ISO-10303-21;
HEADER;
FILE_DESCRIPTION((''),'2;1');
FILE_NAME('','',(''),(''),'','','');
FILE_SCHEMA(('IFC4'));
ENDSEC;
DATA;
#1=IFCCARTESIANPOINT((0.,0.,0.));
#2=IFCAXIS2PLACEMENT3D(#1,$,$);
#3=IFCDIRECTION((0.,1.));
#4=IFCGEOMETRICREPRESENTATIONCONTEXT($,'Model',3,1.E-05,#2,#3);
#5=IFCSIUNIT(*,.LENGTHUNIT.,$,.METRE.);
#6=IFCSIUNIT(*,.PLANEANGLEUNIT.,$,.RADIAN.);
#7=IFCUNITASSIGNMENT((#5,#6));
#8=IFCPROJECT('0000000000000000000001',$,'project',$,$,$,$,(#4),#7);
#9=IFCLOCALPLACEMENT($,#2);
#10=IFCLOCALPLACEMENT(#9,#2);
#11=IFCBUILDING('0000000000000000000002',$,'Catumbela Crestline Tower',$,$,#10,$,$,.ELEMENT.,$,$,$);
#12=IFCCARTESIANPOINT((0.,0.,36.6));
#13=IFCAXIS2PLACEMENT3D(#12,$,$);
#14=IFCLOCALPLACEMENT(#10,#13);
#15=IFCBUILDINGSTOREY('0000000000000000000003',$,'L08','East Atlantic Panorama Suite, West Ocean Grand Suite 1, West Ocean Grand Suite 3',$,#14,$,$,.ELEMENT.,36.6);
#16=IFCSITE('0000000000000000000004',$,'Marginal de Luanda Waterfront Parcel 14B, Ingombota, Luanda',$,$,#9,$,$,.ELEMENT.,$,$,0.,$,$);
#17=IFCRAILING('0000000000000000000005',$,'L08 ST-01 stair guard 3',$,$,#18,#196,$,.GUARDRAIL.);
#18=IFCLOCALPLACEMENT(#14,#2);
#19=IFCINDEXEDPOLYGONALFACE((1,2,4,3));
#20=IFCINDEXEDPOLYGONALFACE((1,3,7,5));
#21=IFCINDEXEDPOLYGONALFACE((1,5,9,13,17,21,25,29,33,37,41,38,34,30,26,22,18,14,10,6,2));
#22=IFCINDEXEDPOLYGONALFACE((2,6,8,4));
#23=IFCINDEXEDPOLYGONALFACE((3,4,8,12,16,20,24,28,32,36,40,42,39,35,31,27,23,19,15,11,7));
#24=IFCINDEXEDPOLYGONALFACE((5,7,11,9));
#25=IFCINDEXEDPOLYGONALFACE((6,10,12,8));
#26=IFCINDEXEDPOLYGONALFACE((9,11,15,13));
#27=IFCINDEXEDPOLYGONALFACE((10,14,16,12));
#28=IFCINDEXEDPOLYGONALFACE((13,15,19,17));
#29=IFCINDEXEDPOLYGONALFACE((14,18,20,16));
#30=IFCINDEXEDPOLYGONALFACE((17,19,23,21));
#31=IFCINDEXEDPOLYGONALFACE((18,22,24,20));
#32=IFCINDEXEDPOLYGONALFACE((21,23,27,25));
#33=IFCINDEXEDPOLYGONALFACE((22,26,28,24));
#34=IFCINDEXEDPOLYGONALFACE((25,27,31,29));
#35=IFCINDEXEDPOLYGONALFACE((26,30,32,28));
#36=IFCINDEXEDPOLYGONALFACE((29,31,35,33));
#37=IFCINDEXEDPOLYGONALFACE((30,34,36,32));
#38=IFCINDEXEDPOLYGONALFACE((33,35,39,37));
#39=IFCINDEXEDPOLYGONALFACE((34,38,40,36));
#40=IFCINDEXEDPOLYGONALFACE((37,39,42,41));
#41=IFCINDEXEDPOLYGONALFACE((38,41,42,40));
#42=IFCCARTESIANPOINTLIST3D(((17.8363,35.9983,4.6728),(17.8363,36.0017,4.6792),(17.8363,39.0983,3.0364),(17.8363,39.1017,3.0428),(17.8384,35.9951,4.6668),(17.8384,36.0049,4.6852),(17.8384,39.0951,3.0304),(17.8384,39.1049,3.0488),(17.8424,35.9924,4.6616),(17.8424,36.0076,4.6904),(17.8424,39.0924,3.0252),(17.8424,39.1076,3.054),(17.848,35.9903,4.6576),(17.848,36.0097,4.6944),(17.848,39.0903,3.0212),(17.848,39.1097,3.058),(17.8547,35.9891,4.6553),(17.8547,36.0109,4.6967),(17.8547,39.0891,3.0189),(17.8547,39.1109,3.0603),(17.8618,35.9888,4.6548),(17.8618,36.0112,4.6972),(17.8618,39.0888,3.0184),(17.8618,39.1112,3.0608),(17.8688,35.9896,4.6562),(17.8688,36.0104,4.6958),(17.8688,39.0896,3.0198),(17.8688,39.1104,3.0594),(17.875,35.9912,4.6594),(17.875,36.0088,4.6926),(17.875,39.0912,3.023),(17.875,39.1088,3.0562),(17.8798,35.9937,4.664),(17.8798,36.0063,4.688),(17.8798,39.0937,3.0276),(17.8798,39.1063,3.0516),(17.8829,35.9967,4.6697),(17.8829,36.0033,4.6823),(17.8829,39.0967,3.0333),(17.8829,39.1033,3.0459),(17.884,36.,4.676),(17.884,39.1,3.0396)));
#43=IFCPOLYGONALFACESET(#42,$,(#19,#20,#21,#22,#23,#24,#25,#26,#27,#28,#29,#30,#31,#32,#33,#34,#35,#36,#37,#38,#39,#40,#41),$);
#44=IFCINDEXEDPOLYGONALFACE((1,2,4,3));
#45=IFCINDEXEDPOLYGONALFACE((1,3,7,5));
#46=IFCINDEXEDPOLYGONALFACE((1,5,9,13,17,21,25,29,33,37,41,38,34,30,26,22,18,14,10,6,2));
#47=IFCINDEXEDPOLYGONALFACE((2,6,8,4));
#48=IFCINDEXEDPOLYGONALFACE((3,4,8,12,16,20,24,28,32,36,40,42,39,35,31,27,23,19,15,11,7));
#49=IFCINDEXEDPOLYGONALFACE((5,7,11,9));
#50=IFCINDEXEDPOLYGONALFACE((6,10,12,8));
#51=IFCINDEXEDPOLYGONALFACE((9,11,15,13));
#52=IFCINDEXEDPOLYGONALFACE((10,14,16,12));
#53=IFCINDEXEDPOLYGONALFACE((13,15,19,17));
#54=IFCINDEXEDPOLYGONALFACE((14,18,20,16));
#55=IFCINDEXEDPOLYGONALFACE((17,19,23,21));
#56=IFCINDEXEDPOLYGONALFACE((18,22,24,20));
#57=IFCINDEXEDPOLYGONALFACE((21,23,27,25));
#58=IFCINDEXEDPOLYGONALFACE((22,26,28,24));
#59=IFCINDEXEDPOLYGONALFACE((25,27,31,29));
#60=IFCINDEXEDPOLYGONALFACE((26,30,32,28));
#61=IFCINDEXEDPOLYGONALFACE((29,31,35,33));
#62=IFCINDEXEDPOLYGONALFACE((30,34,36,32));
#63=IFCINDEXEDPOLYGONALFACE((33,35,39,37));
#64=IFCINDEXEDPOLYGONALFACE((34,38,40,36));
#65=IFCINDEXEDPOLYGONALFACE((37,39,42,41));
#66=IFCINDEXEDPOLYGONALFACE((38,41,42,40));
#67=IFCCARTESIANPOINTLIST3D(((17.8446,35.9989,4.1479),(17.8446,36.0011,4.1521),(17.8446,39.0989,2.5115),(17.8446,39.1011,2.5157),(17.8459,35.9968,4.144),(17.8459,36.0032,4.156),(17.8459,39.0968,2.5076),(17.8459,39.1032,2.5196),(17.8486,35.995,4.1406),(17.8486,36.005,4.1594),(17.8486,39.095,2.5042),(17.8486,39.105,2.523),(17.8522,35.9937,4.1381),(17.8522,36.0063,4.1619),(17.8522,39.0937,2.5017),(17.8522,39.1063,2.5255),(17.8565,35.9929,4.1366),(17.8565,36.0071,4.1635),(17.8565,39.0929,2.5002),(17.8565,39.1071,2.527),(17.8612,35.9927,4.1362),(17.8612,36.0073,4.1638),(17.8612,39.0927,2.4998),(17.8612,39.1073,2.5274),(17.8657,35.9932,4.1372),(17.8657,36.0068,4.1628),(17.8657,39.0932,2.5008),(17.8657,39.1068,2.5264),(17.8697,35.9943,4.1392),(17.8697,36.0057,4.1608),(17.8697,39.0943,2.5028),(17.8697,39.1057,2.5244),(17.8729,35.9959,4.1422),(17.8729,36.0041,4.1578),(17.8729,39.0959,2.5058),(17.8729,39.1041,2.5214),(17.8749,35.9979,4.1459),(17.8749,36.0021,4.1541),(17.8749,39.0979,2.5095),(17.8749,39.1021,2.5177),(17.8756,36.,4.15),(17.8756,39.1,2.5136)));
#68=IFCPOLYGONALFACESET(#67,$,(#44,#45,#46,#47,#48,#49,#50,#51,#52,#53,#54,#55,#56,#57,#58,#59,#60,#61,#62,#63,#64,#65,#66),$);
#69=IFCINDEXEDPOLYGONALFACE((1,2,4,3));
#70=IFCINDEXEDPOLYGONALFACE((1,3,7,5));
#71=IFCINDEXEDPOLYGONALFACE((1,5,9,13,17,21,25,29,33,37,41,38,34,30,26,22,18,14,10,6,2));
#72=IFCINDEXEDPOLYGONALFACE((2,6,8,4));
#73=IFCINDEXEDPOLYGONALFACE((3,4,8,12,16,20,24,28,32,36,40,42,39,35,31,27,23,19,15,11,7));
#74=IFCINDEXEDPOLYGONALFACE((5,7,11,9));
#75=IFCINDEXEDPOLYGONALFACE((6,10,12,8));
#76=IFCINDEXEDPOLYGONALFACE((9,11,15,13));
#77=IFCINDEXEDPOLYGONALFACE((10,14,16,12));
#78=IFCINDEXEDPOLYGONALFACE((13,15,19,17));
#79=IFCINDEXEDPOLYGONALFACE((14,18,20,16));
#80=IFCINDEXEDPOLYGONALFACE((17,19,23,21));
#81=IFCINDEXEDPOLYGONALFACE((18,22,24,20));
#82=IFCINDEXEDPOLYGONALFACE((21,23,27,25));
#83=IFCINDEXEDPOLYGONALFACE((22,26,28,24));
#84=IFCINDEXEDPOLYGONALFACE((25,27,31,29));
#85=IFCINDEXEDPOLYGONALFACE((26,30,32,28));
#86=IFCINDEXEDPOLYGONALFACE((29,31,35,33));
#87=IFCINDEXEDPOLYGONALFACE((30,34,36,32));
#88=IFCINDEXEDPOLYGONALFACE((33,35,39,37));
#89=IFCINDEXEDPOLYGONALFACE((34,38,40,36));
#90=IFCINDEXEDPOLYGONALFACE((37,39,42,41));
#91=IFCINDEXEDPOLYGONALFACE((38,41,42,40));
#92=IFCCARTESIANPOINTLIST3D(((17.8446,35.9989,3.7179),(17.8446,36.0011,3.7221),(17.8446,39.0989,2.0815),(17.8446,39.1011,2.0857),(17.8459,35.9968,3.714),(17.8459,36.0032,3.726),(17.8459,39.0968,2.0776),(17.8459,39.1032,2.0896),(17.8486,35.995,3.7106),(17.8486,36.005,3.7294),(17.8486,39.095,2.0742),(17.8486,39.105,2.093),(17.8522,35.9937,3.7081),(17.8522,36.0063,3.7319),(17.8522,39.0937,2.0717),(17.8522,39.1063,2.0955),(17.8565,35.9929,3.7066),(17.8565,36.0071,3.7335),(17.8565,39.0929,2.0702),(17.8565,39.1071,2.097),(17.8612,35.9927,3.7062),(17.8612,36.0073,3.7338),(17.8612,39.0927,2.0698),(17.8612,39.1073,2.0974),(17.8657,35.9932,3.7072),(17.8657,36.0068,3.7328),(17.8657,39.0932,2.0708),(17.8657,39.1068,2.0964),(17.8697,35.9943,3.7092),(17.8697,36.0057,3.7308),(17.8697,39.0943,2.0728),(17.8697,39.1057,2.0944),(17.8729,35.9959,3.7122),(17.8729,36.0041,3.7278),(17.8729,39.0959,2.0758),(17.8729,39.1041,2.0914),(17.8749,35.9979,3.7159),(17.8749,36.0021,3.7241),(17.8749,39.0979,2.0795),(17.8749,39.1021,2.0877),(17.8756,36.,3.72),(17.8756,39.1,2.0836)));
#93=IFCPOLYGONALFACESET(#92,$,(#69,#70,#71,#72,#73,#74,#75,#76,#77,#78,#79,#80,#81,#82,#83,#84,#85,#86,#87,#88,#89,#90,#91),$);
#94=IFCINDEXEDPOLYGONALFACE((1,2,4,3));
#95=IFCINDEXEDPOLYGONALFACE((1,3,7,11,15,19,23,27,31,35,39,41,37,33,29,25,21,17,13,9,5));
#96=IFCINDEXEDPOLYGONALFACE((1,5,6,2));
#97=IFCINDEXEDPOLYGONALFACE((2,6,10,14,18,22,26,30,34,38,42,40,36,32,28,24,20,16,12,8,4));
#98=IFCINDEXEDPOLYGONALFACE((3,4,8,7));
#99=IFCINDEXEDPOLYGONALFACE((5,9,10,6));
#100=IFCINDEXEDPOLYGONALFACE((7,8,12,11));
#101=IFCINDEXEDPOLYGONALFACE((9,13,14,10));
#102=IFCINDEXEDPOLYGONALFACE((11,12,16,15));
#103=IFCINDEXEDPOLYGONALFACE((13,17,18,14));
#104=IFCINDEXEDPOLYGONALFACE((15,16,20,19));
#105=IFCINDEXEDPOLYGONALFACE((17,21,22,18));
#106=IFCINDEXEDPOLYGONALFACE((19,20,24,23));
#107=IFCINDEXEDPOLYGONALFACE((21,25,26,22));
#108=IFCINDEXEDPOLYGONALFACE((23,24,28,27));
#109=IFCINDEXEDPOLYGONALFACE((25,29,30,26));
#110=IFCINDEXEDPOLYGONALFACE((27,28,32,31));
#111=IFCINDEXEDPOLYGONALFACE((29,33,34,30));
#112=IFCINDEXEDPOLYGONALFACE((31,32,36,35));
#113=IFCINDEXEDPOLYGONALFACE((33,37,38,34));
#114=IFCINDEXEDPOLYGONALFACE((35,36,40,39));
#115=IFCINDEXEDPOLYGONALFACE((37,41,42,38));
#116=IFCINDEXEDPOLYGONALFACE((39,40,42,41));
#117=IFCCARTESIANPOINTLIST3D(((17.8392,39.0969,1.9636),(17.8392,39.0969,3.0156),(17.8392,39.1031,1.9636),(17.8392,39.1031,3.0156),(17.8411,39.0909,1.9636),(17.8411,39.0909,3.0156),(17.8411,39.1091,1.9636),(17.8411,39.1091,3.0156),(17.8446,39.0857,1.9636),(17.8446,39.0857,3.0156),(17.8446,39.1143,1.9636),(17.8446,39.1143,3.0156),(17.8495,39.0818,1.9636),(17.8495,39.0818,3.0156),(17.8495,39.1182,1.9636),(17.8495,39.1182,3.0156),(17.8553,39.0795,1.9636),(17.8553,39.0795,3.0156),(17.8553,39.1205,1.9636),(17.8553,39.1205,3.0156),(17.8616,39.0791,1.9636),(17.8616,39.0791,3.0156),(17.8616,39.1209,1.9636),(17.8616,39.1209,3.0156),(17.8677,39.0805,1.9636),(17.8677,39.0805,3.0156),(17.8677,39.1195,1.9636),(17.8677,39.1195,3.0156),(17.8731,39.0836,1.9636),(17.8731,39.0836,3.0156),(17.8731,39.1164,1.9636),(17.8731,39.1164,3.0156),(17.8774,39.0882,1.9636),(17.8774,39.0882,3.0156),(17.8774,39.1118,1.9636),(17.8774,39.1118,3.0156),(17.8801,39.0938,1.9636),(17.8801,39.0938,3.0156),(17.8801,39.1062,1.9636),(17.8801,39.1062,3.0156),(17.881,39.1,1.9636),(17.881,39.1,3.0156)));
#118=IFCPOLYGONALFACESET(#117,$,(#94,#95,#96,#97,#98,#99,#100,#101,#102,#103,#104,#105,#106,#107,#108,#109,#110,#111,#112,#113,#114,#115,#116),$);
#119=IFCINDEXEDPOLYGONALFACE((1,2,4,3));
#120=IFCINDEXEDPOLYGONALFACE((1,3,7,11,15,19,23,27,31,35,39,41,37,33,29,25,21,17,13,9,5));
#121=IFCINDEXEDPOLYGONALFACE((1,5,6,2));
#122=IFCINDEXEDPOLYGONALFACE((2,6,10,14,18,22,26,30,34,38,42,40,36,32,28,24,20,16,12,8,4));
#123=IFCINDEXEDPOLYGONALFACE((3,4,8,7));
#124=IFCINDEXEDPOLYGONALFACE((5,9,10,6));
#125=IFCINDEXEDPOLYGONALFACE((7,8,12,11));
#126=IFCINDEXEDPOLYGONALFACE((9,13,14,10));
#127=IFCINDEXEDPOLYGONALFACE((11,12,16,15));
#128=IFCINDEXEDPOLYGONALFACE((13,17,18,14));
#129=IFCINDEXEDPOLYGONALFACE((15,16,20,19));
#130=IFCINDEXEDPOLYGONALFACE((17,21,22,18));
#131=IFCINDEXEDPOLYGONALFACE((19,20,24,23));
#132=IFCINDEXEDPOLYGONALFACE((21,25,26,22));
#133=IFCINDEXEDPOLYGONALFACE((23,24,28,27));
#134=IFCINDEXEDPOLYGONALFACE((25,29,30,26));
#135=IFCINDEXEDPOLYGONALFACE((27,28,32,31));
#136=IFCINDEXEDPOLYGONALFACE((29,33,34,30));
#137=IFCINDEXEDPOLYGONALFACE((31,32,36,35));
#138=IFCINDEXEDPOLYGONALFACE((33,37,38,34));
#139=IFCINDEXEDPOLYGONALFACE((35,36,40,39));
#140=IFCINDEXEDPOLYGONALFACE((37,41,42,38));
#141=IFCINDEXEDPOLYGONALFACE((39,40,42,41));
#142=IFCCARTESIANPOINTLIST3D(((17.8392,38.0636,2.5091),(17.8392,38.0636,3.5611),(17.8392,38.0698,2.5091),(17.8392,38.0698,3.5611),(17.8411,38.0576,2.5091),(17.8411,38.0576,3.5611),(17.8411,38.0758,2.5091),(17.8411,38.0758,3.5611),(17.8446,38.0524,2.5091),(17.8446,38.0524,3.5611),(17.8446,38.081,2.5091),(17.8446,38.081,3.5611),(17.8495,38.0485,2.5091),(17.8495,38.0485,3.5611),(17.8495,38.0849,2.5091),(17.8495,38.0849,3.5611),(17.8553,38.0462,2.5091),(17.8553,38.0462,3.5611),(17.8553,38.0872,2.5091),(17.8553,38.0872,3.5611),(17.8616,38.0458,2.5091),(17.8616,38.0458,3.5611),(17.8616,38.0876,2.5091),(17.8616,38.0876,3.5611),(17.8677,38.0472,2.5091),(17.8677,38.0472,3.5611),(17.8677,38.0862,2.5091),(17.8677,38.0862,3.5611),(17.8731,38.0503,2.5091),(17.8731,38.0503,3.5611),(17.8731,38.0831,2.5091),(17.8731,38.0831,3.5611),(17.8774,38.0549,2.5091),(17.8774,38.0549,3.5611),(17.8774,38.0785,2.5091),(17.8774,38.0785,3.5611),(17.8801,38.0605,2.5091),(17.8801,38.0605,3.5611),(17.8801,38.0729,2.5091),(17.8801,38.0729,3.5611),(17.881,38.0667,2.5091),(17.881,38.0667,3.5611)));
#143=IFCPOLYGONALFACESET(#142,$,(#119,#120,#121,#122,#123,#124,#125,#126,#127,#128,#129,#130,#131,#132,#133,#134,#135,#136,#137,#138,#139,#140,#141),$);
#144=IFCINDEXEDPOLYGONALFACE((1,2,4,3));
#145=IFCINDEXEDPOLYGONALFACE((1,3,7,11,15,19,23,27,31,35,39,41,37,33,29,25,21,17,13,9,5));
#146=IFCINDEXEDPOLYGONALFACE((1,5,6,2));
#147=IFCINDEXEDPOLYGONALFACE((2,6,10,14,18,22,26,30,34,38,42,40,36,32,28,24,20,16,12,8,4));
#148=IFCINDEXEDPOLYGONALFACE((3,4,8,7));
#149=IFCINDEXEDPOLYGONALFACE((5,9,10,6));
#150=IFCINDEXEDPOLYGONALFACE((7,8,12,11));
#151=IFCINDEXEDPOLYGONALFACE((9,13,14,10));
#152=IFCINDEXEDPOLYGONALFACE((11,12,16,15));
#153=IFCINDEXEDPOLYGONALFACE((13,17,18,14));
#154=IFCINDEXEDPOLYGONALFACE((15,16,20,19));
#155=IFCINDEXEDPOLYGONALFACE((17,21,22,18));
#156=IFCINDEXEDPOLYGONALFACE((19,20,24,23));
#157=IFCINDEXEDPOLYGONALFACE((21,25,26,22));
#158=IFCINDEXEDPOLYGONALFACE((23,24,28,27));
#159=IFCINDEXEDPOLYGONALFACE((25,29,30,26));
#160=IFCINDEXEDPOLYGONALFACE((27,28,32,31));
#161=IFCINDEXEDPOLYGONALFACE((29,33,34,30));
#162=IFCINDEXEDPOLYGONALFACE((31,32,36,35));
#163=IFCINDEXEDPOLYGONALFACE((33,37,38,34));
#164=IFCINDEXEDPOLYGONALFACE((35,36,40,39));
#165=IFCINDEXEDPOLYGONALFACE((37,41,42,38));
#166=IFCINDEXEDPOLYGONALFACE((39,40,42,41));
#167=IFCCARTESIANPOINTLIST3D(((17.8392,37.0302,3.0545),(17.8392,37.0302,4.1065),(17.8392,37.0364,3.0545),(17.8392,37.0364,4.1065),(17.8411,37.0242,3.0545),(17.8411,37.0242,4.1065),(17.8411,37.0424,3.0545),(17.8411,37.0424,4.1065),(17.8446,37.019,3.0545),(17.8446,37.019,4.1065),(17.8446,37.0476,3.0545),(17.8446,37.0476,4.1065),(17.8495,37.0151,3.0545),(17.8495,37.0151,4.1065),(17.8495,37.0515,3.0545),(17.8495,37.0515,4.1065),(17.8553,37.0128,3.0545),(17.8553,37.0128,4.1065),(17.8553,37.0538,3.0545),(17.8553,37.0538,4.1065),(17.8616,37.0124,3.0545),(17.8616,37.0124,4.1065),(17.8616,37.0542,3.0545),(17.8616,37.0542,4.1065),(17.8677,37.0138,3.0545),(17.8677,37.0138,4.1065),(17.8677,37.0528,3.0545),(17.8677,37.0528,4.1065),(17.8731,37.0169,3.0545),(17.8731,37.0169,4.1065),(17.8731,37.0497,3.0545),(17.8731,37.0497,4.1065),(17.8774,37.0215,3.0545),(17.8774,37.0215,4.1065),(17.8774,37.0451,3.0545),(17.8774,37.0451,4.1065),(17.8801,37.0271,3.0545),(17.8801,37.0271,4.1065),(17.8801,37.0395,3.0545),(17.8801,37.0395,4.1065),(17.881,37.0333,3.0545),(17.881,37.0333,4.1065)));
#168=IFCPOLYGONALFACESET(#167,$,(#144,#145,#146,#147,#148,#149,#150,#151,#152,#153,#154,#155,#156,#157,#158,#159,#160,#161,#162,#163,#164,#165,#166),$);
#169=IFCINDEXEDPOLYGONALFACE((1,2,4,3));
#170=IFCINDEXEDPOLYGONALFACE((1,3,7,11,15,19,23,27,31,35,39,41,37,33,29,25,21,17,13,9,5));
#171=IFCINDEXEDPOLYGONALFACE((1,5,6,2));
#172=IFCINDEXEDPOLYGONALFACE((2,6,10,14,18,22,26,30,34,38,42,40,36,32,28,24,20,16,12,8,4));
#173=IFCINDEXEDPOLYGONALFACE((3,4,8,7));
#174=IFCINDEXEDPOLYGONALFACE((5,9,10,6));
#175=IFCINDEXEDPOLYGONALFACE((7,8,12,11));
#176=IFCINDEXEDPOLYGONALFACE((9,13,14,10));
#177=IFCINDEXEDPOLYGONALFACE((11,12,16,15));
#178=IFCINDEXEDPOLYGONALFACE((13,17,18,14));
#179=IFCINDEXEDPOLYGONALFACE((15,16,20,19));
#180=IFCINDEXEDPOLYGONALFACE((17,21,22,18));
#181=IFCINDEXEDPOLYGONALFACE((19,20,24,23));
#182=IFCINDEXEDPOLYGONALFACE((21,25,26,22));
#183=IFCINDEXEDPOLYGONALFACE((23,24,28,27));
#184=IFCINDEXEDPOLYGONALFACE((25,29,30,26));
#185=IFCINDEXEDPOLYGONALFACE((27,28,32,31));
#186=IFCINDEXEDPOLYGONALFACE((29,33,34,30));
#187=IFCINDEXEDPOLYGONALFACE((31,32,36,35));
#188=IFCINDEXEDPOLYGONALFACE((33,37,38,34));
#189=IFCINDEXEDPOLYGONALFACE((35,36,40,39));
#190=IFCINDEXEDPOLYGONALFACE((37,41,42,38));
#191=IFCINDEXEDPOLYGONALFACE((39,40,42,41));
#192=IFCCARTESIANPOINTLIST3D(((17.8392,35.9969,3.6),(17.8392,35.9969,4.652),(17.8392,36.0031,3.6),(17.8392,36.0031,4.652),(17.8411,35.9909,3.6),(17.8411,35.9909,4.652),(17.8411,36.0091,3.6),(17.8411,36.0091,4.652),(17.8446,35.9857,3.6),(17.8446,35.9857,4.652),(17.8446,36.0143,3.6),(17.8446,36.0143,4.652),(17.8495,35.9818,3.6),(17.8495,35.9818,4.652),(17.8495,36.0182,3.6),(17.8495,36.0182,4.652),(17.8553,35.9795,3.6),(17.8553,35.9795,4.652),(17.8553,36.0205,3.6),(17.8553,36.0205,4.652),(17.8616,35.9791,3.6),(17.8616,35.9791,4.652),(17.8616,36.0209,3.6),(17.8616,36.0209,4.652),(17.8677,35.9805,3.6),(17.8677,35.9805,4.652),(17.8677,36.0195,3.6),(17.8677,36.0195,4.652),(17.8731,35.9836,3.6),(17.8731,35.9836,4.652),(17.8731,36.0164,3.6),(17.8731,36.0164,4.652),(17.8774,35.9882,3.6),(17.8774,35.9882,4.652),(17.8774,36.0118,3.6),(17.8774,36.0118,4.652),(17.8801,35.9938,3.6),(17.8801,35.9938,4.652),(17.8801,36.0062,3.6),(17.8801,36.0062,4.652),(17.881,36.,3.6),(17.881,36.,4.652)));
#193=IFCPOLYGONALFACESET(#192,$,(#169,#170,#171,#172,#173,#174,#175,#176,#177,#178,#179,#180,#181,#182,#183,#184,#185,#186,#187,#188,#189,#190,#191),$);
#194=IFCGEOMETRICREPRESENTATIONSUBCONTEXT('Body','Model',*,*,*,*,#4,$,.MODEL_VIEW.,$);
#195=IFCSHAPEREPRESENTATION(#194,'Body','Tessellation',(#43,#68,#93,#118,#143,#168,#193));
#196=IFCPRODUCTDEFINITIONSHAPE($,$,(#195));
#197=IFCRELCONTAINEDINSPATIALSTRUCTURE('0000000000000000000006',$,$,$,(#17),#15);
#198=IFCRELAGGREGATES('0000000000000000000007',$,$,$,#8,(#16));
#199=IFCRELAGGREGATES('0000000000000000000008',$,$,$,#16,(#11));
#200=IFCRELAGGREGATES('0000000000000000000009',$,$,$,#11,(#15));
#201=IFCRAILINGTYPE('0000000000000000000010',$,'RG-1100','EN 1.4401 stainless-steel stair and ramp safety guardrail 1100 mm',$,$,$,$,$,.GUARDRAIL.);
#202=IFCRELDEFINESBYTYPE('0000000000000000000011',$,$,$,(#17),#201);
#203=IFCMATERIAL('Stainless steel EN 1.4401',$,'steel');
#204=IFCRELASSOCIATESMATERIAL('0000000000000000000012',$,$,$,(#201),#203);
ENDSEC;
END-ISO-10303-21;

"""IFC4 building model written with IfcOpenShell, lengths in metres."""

from ifc_helpers import new_model, si_unit, direction, frame, origin, origin_2d, place, context, subcontext, project, spatial, circle, extrude, material, type_object, element, save


model = new_model("IFC4")

# Units and contexts
model_context = context("Model", 3, precision=1e-05, world=origin(), true_north=direction((0.0, 1.0)))
body_context = subcontext(model_context, "Body", "Model", "MODEL_VIEW")
ifc_project = project(units=[si_unit("LENGTHUNIT", "METRE"), si_unit("PLANEANGLEUNIT", "RADIAN")], contexts=[model_context])

# Site, building, storey
site_placement = place(None, origin())
site = spatial("IfcSite", under=ifc_project, at=site_placement, Name="Marginal de Luanda Waterfront Parcel 14B, Ingombota, Luanda", CompositionType="ELEMENT", RefElevation=0.0)
building_placement = place(site_placement, origin())
building = spatial("IfcBuilding", under=site, at=building_placement, Name="Catumbela Crestline Tower", CompositionType="ELEMENT")
storey_placement = place(building_placement, frame((0.0, 0.0, 36.6)))
storey = spatial("IfcBuildingStorey", under=building, at=storey_placement, Name="L08", Description="East Atlantic Panorama Suite, West Ocean Grand Suite 1, West Ocean Grand Suite 3", CompositionType="ELEMENT", Elevation=36.6)

# Shared definitions
ifc_material_1 = material(Name="Stainless steel EN 1.4401", Category="steel")

# Railing
railing_type_1 = type_object("IfcRailingType", Name="RG-1100", Description="EN 1.4401 stainless-steel stair and ramp safety guardrail 1100 mm", PredefinedType="GUARDRAIL", material=ifc_material_1)
railing_1_placement = place(storey_placement, frame((17.86, 39.1, 1.9636)))
element("IfcRailing", 1, at=railing_1_placement, inside=storey, type_object=railing_type_1, Name="L08 ST-01 stair guard 3", PredefinedType="GUARDRAIL", context=body_context, shape_type="SweptSolid", body=[
    extrude(circle(Radius=0.024, at=origin_2d()), frame((0.0, 0.0, 1.076), z_axis=(0.0, -0.884351, 0.466823), x_axis=(1.0, 0.0, 0.0)), (0.0, 0.0, 1.0), 3.5054),
    extrude(circle(Radius=0.0156, at=origin_2d()), frame((0.0, 0.0, 0.55), z_axis=(0.0, -0.884351, 0.466823), x_axis=(1.0, 0.0, 0.0)), (0.0, 0.0, 1.0), 3.5054),
    extrude(circle(Radius=0.0156, at=origin_2d()), frame((0.0, 0.0, 0.12), z_axis=(0.0, -0.884351, 0.466823), x_axis=(1.0, 0.0, 0.0)), (0.0, 0.0, 1.0), 3.5054),
    extrude(circle(Radius=0.021, at=origin_2d()), origin(), (0.0, 0.0, 1.0), 1.052),
    extrude(circle(Radius=0.021, at=origin_2d()), frame((0.0, -1.0333, 0.5455)), (0.0, 0.0, 1.0), 1.052),
    extrude(circle(Radius=0.021, at=origin_2d()), frame((0.0, -2.0667, 1.0909)), (0.0, 0.0, 1.0), 1.052),
    extrude(circle(Radius=0.021, at=origin_2d()), frame((0.0, -3.1, 1.6364)), (0.0, 0.0, 1.0), 1.052),
])

save(model, "model.ifc")
